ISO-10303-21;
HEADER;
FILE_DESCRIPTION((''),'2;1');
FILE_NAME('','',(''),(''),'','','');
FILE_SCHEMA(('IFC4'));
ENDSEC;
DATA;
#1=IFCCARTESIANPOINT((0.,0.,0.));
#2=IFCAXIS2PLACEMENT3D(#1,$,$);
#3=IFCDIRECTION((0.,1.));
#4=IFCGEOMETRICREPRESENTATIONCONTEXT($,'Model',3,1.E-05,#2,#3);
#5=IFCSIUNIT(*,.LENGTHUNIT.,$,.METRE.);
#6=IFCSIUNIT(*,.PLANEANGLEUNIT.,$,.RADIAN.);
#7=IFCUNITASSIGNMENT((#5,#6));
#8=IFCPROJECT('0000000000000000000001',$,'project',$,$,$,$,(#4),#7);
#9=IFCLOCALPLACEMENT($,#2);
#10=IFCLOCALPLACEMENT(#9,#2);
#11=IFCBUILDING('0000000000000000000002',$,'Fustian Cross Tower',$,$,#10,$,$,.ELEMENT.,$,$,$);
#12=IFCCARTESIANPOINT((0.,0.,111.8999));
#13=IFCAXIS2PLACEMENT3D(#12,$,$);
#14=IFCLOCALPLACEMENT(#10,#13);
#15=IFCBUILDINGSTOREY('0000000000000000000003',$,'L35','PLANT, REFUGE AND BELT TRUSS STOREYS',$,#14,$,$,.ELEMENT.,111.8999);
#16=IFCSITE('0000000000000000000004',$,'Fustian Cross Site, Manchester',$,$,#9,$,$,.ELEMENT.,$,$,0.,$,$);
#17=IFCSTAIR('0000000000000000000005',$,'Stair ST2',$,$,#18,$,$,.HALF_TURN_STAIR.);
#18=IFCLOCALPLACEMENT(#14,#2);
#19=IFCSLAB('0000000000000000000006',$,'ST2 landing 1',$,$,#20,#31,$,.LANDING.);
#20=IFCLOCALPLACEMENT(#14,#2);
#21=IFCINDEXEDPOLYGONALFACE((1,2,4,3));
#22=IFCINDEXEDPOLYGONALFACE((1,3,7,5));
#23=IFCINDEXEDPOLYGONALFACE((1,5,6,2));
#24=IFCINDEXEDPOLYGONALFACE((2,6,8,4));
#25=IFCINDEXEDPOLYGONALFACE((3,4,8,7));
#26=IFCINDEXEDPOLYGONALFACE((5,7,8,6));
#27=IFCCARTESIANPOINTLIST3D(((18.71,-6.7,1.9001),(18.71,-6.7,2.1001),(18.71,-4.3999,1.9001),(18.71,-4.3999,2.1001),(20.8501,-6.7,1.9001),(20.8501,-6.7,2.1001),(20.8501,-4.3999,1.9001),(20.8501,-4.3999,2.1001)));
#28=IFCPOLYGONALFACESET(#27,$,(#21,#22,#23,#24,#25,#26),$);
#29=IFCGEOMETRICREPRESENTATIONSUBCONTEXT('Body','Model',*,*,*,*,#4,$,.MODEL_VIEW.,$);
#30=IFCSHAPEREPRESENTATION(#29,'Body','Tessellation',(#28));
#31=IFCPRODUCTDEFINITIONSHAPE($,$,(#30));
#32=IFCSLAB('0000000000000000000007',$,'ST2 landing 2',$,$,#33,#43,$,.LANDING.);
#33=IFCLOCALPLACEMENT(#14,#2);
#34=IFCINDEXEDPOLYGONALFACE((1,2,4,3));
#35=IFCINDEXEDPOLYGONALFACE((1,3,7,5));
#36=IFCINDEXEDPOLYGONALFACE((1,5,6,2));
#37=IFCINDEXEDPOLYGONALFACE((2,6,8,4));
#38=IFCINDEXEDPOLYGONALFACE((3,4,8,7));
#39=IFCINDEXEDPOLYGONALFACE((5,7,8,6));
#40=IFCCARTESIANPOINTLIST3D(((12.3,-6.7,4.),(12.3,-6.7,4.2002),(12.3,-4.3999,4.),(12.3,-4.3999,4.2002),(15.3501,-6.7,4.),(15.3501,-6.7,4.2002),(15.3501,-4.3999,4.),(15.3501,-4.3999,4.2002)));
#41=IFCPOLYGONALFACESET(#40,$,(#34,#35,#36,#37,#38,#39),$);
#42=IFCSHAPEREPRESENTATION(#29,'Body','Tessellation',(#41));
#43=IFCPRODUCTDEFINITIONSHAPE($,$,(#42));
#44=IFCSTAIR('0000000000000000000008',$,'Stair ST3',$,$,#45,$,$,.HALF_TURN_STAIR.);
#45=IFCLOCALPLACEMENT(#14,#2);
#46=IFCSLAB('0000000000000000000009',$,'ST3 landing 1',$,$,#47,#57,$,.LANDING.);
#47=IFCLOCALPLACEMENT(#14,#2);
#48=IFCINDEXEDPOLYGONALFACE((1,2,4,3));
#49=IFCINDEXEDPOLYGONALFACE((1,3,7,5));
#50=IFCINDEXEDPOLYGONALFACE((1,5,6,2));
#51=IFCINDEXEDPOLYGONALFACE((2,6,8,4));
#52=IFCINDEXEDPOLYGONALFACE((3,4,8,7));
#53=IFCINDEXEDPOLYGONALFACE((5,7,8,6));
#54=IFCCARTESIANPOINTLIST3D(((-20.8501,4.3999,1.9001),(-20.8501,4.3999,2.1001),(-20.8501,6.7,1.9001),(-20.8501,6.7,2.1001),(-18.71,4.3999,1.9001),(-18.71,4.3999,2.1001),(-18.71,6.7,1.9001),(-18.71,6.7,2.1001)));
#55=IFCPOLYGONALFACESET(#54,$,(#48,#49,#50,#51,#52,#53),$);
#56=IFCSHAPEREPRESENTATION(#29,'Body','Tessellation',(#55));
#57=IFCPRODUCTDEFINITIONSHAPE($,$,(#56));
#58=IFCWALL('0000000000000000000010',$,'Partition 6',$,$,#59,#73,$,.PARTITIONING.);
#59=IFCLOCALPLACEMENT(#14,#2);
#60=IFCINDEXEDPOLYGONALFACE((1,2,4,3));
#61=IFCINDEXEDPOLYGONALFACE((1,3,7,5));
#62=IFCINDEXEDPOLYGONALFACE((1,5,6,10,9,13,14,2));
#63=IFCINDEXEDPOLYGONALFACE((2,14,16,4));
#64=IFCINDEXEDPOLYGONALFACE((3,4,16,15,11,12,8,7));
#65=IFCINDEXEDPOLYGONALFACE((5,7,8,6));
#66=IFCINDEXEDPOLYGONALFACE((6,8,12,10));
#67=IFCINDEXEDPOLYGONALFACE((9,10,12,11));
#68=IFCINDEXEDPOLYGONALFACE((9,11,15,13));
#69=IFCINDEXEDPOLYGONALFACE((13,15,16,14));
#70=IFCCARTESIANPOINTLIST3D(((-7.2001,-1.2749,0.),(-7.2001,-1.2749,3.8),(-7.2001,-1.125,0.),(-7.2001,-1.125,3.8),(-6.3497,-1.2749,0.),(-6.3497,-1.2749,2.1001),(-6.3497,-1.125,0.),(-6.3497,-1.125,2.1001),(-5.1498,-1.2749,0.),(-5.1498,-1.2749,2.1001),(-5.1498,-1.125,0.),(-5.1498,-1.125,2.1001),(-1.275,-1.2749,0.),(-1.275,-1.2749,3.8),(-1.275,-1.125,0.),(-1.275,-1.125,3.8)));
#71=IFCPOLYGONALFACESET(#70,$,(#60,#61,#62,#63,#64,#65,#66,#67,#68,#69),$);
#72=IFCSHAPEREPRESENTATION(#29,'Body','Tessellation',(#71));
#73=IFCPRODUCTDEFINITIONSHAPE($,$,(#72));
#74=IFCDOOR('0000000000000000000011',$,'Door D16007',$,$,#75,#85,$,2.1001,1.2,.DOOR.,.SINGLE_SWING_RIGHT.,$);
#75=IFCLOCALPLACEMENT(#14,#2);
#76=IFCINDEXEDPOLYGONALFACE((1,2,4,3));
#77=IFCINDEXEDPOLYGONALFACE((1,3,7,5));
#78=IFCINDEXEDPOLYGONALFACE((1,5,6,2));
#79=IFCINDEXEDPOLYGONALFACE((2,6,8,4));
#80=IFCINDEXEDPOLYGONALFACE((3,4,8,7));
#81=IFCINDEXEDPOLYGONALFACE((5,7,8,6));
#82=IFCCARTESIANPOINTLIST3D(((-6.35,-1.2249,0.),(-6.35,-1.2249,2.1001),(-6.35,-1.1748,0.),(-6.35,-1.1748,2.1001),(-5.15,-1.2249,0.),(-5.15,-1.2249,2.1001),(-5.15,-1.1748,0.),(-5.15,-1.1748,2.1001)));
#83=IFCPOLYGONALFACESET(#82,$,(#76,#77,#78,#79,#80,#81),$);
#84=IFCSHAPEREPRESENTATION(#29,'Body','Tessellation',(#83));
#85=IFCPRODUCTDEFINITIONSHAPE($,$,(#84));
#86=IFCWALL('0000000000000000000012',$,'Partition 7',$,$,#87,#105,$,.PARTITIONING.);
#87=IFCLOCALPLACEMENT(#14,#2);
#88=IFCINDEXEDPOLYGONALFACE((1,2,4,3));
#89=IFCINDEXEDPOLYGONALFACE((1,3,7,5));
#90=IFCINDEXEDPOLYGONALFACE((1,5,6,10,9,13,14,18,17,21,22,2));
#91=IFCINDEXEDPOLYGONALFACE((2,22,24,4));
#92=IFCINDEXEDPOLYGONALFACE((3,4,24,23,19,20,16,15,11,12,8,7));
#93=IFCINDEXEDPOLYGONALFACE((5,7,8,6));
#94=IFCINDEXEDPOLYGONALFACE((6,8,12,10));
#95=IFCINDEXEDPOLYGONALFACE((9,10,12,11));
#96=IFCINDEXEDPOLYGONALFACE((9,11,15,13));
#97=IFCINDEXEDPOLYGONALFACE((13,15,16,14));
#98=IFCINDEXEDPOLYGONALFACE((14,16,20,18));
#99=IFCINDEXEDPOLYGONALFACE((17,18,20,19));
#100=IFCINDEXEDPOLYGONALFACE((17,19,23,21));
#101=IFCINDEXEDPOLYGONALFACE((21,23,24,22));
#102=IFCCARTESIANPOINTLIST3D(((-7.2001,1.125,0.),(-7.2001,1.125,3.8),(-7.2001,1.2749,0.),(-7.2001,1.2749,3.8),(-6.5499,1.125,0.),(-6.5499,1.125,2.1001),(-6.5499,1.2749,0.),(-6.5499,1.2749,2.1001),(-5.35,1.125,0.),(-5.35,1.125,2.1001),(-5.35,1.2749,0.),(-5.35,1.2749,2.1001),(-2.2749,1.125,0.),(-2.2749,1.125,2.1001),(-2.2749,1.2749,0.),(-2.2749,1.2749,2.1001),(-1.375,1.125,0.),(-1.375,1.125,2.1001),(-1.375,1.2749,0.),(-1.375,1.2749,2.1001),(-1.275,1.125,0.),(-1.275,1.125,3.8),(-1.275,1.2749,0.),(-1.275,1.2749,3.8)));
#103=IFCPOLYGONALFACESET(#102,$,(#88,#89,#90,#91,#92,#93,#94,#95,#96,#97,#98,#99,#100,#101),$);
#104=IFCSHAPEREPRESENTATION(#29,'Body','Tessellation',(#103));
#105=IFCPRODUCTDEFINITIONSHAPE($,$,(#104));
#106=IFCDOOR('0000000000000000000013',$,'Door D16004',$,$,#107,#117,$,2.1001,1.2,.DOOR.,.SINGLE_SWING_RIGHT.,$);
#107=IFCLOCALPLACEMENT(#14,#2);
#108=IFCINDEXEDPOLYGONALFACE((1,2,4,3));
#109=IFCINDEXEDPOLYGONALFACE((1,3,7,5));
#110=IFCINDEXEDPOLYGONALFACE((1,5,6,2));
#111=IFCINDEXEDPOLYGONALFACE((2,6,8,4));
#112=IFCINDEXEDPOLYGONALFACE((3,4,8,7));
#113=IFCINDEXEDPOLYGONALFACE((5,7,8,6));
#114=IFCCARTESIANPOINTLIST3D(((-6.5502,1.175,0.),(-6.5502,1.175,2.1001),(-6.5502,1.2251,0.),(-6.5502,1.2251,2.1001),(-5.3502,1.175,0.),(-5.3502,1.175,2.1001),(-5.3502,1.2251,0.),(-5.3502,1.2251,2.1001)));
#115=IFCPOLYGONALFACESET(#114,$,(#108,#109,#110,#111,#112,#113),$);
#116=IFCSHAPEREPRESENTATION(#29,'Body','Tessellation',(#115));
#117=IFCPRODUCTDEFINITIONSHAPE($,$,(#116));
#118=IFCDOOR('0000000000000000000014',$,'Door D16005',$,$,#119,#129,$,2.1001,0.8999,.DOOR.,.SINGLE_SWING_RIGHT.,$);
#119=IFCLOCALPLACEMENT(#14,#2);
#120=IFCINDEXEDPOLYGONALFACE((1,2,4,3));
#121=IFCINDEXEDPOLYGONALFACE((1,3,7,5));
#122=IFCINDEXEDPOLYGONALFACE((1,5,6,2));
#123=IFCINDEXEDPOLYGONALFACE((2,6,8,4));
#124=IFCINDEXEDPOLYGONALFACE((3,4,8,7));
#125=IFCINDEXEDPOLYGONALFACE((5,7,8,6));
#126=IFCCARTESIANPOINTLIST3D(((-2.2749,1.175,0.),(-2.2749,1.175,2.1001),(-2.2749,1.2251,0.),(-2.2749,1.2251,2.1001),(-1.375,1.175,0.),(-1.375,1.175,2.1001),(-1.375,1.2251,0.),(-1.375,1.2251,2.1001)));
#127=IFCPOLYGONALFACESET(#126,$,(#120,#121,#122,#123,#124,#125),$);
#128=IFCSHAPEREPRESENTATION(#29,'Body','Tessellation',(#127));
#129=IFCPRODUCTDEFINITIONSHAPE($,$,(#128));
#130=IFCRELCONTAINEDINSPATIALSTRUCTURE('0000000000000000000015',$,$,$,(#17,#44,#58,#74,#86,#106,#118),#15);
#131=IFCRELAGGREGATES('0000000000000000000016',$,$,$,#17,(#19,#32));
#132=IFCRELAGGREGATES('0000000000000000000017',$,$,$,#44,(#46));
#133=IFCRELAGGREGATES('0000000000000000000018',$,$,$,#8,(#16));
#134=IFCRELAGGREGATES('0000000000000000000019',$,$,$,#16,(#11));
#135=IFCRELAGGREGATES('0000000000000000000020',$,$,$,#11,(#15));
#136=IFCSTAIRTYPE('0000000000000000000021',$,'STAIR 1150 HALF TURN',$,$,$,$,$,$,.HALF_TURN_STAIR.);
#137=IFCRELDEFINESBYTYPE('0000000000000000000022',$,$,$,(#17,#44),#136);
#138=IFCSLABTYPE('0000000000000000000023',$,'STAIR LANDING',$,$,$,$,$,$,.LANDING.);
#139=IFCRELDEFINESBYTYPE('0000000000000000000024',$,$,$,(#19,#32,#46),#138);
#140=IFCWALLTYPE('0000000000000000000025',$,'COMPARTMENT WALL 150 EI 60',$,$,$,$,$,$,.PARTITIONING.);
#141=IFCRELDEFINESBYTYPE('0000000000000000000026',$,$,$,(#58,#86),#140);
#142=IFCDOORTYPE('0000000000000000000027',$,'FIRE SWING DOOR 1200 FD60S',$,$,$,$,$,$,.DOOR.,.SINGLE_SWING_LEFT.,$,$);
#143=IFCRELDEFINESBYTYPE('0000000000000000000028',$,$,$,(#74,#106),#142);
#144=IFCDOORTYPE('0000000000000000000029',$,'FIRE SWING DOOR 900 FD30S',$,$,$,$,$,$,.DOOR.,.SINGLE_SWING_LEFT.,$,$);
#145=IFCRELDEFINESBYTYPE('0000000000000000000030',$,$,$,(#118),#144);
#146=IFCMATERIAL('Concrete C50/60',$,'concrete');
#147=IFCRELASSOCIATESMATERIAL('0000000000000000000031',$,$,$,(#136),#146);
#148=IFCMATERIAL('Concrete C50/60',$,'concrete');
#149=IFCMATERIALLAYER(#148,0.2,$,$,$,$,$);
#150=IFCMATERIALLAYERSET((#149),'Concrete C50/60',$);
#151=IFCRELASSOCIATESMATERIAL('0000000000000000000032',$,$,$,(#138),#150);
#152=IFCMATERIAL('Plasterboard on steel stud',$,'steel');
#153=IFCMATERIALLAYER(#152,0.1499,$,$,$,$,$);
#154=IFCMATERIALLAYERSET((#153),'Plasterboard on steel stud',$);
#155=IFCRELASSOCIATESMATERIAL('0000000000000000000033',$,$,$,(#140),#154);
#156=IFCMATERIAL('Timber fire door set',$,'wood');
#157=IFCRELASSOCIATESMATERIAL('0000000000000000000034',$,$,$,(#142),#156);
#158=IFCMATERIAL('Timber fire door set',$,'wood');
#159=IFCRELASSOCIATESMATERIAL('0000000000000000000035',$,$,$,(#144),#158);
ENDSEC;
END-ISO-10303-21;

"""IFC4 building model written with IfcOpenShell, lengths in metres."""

from ifc_helpers import new_model, si_unit, direction, frame, frame_2d, origin, place, context, subcontext, project, spatial, polyline, rectangle, outline, extrude, material, layer, layer_set, type_object, element, fill, aggregate, save


model = new_model("IFC4")

# Units and contexts
model_context = context("Model", 3, precision=1e-05, world=origin(), true_north=direction((0.0, 1.0)))
body_context = subcontext(model_context, "Body", "Model", "MODEL_VIEW")
ifc_project = project(units=[si_unit("LENGTHUNIT", "METRE"), si_unit("PLANEANGLEUNIT", "RADIAN")], contexts=[model_context])

# Site, building, storey
site_placement = place(None, origin())
site = spatial("IfcSite", under=ifc_project, at=site_placement, Name="Fustian Cross Site, Manchester", CompositionType="ELEMENT", RefElevation=0.0)
building_placement = place(site_placement, origin())
building = spatial("IfcBuilding", under=site, at=building_placement, Name="Fustian Cross Tower", CompositionType="ELEMENT")
storey_placement = place(building_placement, frame((0.0, 0.0, 111.8999)))
storey = spatial("IfcBuildingStorey", under=building, at=storey_placement, Name="L35", Description="PLANT, REFUGE AND BELT TRUSS STOREYS", CompositionType="ELEMENT", Elevation=111.8999)

# Stair, slabs
ifc_material_1 = material(Name="Concrete C50/60", Category="concrete")
stair_type = type_object("IfcStairType", Name="STAIR 1150 HALF TURN", PredefinedType="HALF_TURN_STAIR", material=ifc_material_1)
ifc_material_2 = material(Name="Concrete C50/60", Category="concrete")
ifc_layer_1 = layer(ifc_material_2, 0.2)
ifc_layer_set_1 = layer_set([ifc_layer_1], Name="Concrete C50/60")
slab_type_1 = type_object("IfcSlabType", Name="STAIR LANDING", PredefinedType="LANDING", material=ifc_layer_set_1)
stair_1_placement = place(storey_placement, origin())
stair_1 = element("IfcStair", 1, at=stair_1_placement, inside=storey, type_object=stair_type, Name="Stair ST2", PredefinedType="HALF_TURN_STAIR")
slab_1_placement = place(storey_placement, frame((0.0, 0.0, 1.9001)))
slab_1 = element("IfcSlab", 2, at=slab_1_placement, type_object=slab_type_1, Name="ST2 landing 1", PredefinedType="LANDING", context=body_context, shape_type="SweptSolid", body=[
    extrude(outline(polyline([(18.71, -4.3999), (20.8501, -4.3999), (20.8501, -6.7), (18.71, -6.7), (18.71, -4.3999)])), origin(), (0.0, 0.0, 1.0), 0.2),
])
slab_2_placement = place(storey_placement, frame((0.0, 0.0, 4.0)))
slab_2 = element("IfcSlab", 3, at=slab_2_placement, type_object=slab_type_1, Name="ST2 landing 2", PredefinedType="LANDING", context=body_context, shape_type="SweptSolid", body=[
    extrude(outline(polyline([(12.3, -4.3999), (15.3501, -4.3999), (15.3501, -6.7), (12.3, -6.7), (12.3, -4.3999)])), origin(), (0.0, 0.0, 1.0), 0.2002),
])
aggregate(stair_1, [slab_1, slab_2])

# Stair, slab
stair_2_placement = place(storey_placement, origin())
stair_2 = element("IfcStair", 4, at=stair_2_placement, inside=storey, type_object=stair_type, Name="Stair ST3", PredefinedType="HALF_TURN_STAIR")
slab_3_placement = place(storey_placement, frame((0.0, 0.0, 1.9001)))
slab_3 = element("IfcSlab", 5, at=slab_3_placement, type_object=slab_type_1, Name="ST3 landing 1", PredefinedType="LANDING", context=body_context, shape_type="SweptSolid", body=[
    extrude(outline(polyline([(-18.71, 4.3999), (-20.8501, 4.3999), (-20.8501, 6.7), (-18.71, 6.7), (-18.71, 4.3999)])), origin(), (0.0, 0.0, 1.0), 0.2),
])
aggregate(stair_2, [slab_3])

# Wall, opening, door
ifc_material_3 = material(Name="Plasterboard on steel stud", Category="steel")
ifc_layer_2 = layer(ifc_material_3, 0.1499)
ifc_layer_set_2 = layer_set([ifc_layer_2], Name="Plasterboard on steel stud")
wall_type_1 = type_object("IfcWallType", Name="COMPARTMENT WALL 150 EI 60", PredefinedType="PARTITIONING", material=ifc_layer_set_2)
wall_1_placement = place(storey_placement, frame((-7.2, -1.2, 0.0), z_axis=(0.0, 0.0, 1.0), x_axis=(1.0, 0.0, 0.0)))
wall_1 = element("IfcWall", 6, at=wall_1_placement, inside=storey, type_object=wall_type_1, Name="Partition 6", PredefinedType="PARTITIONING", context=body_context, shape_type="SweptSolid", body=[
    extrude(rectangle(XDim=5.925, YDim=0.1499, at=frame_2d((2.9624, 0.0))), origin(), (0.0, 0.0, 1.0), 3.8),
])
opening_1_placement = place(wall_1_placement, frame((0.8501, 0.0, 0.0)))
opening_1 = element("IfcOpeningElement", 7, at=opening_1_placement, cuts=wall_1, PredefinedType="OPENING", context=body_context, shape_type="SweptSolid", body=[
    extrude(rectangle(XDim=1.2, YDim=2.1001, at=frame_2d((0.6001, 1.05))), frame((0.0, 0.085, 0.0), z_axis=(0.0, -1.0, 0.0), x_axis=(1.0, 0.0, 0.0)), (0.0, 0.0, 1.0), 0.1699),
])
ifc_material_4 = material(Name="Timber fire door set", Category="wood")
door_type_1 = type_object("IfcDoorType", Name="FIRE SWING DOOR 1200 FD60S", OperationType="SINGLE_SWING_LEFT", PredefinedType="DOOR", material=ifc_material_4)
door_1_placement = place(opening_1_placement, frame((1.2, 0.0, 0.0), z_axis=(0.0, 0.0, 1.0), x_axis=(-1.0, 0.0, 0.0)))
door_1 = element("IfcDoor", 8, at=door_1_placement, inside=storey, type_object=door_type_1, Name="Door D16007", OperationType="SINGLE_SWING_RIGHT", OverallHeight=2.1001, OverallWidth=1.2, PredefinedType="DOOR", context=body_context, shape_type="SweptSolid", body=[
    extrude(rectangle(XDim=1.2, YDim=2.1001, at=frame_2d((0.6001, 1.05))), frame((0.0, 0.0249, 0.0), z_axis=(0.0, -1.0, 0.0), x_axis=(1.0, 0.0, 0.0)), (0.0, 0.0, 1.0), 0.05),
])
fill(opening_1, door_1)

# Wall, openings, doors
wall_2_placement = place(storey_placement, frame((-7.2, 1.2, 0.0), z_axis=(0.0, 0.0, 1.0), x_axis=(1.0, 0.0, 0.0)))
wall_2 = element("IfcWall", 9, at=wall_2_placement, inside=storey, type_object=wall_type_1, Name="Partition 7", PredefinedType="PARTITIONING", context=body_context, shape_type="SweptSolid", body=[
    extrude(rectangle(XDim=5.925, YDim=0.1499, at=frame_2d((2.9624, 0.0))), origin(), (0.0, 0.0, 1.0), 3.8),
])
opening_2_placement = place(wall_2_placement, frame((0.6499, 0.0, 0.0)))
opening_2 = element("IfcOpeningElement", 10, at=opening_2_placement, cuts=wall_2, PredefinedType="OPENING", context=body_context, shape_type="SweptSolid", body=[
    extrude(rectangle(XDim=1.2, YDim=2.1001, at=frame_2d((0.6001, 1.05))), frame((0.0, 0.085, 0.0), z_axis=(0.0, -1.0, 0.0), x_axis=(1.0, 0.0, 0.0)), (0.0, 0.0, 1.0), 0.1699),
])
opening_3_placement = place(wall_2_placement, frame((4.925, 0.0, 0.0)))
opening_3 = element("IfcOpeningElement", 11, at=opening_3_placement, cuts=wall_2, PredefinedType="OPENING", context=body_context, shape_type="SweptSolid", body=[
    extrude(rectangle(XDim=0.8999, YDim=2.1001, at=frame_2d((0.45, 1.05))), frame((0.0, 0.085, 0.0), z_axis=(0.0, -1.0, 0.0), x_axis=(1.0, 0.0, 0.0)), (0.0, 0.0, 1.0), 0.1699),
])
door_2_placement = place(opening_2_placement, frame((1.2, 0.0, 0.0), z_axis=(0.0, 0.0, 1.0), x_axis=(-1.0, 0.0, 0.0)))
door_2 = element("IfcDoor", 12, at=door_2_placement, inside=storey, type_object=door_type_1, Name="Door D16004", OperationType="SINGLE_SWING_RIGHT", OverallHeight=2.1001, OverallWidth=1.2, PredefinedType="DOOR", context=body_context, shape_type="SweptSolid", body=[
    extrude(rectangle(XDim=1.2, YDim=2.1001, at=frame_2d((0.6001, 1.05))), frame((0.0, 0.0249, 0.0), z_axis=(0.0, -1.0, 0.0), x_axis=(1.0, 0.0, 0.0)), (0.0, 0.0, 1.0), 0.05),
])
fill(opening_2, door_2)
ifc_material_5 = material(Name="Timber fire door set", Category="wood")
door_type_2 = type_object("IfcDoorType", Name="FIRE SWING DOOR 900 FD30S", OperationType="SINGLE_SWING_LEFT", PredefinedType="DOOR", material=ifc_material_5)
door_3_placement = place(opening_3_placement, frame((0.8999, 0.0, 0.0), z_axis=(0.0, 0.0, 1.0), x_axis=(-1.0, 0.0, 0.0)))
door_3 = element("IfcDoor", 13, at=door_3_placement, inside=storey, type_object=door_type_2, Name="Door D16005", OperationType="SINGLE_SWING_RIGHT", OverallHeight=2.1001, OverallWidth=0.8999, PredefinedType="DOOR", context=body_context, shape_type="SweptSolid", body=[
    extrude(rectangle(XDim=0.8999, YDim=2.1001, at=frame_2d((0.45, 1.05))), frame((0.0, 0.0249, 0.0), z_axis=(0.0, -1.0, 0.0), x_axis=(1.0, 0.0, 0.0)), (0.0, 0.0, 1.0), 0.05),
])
fill(opening_3, door_3)

save(model, "model.ifc")
